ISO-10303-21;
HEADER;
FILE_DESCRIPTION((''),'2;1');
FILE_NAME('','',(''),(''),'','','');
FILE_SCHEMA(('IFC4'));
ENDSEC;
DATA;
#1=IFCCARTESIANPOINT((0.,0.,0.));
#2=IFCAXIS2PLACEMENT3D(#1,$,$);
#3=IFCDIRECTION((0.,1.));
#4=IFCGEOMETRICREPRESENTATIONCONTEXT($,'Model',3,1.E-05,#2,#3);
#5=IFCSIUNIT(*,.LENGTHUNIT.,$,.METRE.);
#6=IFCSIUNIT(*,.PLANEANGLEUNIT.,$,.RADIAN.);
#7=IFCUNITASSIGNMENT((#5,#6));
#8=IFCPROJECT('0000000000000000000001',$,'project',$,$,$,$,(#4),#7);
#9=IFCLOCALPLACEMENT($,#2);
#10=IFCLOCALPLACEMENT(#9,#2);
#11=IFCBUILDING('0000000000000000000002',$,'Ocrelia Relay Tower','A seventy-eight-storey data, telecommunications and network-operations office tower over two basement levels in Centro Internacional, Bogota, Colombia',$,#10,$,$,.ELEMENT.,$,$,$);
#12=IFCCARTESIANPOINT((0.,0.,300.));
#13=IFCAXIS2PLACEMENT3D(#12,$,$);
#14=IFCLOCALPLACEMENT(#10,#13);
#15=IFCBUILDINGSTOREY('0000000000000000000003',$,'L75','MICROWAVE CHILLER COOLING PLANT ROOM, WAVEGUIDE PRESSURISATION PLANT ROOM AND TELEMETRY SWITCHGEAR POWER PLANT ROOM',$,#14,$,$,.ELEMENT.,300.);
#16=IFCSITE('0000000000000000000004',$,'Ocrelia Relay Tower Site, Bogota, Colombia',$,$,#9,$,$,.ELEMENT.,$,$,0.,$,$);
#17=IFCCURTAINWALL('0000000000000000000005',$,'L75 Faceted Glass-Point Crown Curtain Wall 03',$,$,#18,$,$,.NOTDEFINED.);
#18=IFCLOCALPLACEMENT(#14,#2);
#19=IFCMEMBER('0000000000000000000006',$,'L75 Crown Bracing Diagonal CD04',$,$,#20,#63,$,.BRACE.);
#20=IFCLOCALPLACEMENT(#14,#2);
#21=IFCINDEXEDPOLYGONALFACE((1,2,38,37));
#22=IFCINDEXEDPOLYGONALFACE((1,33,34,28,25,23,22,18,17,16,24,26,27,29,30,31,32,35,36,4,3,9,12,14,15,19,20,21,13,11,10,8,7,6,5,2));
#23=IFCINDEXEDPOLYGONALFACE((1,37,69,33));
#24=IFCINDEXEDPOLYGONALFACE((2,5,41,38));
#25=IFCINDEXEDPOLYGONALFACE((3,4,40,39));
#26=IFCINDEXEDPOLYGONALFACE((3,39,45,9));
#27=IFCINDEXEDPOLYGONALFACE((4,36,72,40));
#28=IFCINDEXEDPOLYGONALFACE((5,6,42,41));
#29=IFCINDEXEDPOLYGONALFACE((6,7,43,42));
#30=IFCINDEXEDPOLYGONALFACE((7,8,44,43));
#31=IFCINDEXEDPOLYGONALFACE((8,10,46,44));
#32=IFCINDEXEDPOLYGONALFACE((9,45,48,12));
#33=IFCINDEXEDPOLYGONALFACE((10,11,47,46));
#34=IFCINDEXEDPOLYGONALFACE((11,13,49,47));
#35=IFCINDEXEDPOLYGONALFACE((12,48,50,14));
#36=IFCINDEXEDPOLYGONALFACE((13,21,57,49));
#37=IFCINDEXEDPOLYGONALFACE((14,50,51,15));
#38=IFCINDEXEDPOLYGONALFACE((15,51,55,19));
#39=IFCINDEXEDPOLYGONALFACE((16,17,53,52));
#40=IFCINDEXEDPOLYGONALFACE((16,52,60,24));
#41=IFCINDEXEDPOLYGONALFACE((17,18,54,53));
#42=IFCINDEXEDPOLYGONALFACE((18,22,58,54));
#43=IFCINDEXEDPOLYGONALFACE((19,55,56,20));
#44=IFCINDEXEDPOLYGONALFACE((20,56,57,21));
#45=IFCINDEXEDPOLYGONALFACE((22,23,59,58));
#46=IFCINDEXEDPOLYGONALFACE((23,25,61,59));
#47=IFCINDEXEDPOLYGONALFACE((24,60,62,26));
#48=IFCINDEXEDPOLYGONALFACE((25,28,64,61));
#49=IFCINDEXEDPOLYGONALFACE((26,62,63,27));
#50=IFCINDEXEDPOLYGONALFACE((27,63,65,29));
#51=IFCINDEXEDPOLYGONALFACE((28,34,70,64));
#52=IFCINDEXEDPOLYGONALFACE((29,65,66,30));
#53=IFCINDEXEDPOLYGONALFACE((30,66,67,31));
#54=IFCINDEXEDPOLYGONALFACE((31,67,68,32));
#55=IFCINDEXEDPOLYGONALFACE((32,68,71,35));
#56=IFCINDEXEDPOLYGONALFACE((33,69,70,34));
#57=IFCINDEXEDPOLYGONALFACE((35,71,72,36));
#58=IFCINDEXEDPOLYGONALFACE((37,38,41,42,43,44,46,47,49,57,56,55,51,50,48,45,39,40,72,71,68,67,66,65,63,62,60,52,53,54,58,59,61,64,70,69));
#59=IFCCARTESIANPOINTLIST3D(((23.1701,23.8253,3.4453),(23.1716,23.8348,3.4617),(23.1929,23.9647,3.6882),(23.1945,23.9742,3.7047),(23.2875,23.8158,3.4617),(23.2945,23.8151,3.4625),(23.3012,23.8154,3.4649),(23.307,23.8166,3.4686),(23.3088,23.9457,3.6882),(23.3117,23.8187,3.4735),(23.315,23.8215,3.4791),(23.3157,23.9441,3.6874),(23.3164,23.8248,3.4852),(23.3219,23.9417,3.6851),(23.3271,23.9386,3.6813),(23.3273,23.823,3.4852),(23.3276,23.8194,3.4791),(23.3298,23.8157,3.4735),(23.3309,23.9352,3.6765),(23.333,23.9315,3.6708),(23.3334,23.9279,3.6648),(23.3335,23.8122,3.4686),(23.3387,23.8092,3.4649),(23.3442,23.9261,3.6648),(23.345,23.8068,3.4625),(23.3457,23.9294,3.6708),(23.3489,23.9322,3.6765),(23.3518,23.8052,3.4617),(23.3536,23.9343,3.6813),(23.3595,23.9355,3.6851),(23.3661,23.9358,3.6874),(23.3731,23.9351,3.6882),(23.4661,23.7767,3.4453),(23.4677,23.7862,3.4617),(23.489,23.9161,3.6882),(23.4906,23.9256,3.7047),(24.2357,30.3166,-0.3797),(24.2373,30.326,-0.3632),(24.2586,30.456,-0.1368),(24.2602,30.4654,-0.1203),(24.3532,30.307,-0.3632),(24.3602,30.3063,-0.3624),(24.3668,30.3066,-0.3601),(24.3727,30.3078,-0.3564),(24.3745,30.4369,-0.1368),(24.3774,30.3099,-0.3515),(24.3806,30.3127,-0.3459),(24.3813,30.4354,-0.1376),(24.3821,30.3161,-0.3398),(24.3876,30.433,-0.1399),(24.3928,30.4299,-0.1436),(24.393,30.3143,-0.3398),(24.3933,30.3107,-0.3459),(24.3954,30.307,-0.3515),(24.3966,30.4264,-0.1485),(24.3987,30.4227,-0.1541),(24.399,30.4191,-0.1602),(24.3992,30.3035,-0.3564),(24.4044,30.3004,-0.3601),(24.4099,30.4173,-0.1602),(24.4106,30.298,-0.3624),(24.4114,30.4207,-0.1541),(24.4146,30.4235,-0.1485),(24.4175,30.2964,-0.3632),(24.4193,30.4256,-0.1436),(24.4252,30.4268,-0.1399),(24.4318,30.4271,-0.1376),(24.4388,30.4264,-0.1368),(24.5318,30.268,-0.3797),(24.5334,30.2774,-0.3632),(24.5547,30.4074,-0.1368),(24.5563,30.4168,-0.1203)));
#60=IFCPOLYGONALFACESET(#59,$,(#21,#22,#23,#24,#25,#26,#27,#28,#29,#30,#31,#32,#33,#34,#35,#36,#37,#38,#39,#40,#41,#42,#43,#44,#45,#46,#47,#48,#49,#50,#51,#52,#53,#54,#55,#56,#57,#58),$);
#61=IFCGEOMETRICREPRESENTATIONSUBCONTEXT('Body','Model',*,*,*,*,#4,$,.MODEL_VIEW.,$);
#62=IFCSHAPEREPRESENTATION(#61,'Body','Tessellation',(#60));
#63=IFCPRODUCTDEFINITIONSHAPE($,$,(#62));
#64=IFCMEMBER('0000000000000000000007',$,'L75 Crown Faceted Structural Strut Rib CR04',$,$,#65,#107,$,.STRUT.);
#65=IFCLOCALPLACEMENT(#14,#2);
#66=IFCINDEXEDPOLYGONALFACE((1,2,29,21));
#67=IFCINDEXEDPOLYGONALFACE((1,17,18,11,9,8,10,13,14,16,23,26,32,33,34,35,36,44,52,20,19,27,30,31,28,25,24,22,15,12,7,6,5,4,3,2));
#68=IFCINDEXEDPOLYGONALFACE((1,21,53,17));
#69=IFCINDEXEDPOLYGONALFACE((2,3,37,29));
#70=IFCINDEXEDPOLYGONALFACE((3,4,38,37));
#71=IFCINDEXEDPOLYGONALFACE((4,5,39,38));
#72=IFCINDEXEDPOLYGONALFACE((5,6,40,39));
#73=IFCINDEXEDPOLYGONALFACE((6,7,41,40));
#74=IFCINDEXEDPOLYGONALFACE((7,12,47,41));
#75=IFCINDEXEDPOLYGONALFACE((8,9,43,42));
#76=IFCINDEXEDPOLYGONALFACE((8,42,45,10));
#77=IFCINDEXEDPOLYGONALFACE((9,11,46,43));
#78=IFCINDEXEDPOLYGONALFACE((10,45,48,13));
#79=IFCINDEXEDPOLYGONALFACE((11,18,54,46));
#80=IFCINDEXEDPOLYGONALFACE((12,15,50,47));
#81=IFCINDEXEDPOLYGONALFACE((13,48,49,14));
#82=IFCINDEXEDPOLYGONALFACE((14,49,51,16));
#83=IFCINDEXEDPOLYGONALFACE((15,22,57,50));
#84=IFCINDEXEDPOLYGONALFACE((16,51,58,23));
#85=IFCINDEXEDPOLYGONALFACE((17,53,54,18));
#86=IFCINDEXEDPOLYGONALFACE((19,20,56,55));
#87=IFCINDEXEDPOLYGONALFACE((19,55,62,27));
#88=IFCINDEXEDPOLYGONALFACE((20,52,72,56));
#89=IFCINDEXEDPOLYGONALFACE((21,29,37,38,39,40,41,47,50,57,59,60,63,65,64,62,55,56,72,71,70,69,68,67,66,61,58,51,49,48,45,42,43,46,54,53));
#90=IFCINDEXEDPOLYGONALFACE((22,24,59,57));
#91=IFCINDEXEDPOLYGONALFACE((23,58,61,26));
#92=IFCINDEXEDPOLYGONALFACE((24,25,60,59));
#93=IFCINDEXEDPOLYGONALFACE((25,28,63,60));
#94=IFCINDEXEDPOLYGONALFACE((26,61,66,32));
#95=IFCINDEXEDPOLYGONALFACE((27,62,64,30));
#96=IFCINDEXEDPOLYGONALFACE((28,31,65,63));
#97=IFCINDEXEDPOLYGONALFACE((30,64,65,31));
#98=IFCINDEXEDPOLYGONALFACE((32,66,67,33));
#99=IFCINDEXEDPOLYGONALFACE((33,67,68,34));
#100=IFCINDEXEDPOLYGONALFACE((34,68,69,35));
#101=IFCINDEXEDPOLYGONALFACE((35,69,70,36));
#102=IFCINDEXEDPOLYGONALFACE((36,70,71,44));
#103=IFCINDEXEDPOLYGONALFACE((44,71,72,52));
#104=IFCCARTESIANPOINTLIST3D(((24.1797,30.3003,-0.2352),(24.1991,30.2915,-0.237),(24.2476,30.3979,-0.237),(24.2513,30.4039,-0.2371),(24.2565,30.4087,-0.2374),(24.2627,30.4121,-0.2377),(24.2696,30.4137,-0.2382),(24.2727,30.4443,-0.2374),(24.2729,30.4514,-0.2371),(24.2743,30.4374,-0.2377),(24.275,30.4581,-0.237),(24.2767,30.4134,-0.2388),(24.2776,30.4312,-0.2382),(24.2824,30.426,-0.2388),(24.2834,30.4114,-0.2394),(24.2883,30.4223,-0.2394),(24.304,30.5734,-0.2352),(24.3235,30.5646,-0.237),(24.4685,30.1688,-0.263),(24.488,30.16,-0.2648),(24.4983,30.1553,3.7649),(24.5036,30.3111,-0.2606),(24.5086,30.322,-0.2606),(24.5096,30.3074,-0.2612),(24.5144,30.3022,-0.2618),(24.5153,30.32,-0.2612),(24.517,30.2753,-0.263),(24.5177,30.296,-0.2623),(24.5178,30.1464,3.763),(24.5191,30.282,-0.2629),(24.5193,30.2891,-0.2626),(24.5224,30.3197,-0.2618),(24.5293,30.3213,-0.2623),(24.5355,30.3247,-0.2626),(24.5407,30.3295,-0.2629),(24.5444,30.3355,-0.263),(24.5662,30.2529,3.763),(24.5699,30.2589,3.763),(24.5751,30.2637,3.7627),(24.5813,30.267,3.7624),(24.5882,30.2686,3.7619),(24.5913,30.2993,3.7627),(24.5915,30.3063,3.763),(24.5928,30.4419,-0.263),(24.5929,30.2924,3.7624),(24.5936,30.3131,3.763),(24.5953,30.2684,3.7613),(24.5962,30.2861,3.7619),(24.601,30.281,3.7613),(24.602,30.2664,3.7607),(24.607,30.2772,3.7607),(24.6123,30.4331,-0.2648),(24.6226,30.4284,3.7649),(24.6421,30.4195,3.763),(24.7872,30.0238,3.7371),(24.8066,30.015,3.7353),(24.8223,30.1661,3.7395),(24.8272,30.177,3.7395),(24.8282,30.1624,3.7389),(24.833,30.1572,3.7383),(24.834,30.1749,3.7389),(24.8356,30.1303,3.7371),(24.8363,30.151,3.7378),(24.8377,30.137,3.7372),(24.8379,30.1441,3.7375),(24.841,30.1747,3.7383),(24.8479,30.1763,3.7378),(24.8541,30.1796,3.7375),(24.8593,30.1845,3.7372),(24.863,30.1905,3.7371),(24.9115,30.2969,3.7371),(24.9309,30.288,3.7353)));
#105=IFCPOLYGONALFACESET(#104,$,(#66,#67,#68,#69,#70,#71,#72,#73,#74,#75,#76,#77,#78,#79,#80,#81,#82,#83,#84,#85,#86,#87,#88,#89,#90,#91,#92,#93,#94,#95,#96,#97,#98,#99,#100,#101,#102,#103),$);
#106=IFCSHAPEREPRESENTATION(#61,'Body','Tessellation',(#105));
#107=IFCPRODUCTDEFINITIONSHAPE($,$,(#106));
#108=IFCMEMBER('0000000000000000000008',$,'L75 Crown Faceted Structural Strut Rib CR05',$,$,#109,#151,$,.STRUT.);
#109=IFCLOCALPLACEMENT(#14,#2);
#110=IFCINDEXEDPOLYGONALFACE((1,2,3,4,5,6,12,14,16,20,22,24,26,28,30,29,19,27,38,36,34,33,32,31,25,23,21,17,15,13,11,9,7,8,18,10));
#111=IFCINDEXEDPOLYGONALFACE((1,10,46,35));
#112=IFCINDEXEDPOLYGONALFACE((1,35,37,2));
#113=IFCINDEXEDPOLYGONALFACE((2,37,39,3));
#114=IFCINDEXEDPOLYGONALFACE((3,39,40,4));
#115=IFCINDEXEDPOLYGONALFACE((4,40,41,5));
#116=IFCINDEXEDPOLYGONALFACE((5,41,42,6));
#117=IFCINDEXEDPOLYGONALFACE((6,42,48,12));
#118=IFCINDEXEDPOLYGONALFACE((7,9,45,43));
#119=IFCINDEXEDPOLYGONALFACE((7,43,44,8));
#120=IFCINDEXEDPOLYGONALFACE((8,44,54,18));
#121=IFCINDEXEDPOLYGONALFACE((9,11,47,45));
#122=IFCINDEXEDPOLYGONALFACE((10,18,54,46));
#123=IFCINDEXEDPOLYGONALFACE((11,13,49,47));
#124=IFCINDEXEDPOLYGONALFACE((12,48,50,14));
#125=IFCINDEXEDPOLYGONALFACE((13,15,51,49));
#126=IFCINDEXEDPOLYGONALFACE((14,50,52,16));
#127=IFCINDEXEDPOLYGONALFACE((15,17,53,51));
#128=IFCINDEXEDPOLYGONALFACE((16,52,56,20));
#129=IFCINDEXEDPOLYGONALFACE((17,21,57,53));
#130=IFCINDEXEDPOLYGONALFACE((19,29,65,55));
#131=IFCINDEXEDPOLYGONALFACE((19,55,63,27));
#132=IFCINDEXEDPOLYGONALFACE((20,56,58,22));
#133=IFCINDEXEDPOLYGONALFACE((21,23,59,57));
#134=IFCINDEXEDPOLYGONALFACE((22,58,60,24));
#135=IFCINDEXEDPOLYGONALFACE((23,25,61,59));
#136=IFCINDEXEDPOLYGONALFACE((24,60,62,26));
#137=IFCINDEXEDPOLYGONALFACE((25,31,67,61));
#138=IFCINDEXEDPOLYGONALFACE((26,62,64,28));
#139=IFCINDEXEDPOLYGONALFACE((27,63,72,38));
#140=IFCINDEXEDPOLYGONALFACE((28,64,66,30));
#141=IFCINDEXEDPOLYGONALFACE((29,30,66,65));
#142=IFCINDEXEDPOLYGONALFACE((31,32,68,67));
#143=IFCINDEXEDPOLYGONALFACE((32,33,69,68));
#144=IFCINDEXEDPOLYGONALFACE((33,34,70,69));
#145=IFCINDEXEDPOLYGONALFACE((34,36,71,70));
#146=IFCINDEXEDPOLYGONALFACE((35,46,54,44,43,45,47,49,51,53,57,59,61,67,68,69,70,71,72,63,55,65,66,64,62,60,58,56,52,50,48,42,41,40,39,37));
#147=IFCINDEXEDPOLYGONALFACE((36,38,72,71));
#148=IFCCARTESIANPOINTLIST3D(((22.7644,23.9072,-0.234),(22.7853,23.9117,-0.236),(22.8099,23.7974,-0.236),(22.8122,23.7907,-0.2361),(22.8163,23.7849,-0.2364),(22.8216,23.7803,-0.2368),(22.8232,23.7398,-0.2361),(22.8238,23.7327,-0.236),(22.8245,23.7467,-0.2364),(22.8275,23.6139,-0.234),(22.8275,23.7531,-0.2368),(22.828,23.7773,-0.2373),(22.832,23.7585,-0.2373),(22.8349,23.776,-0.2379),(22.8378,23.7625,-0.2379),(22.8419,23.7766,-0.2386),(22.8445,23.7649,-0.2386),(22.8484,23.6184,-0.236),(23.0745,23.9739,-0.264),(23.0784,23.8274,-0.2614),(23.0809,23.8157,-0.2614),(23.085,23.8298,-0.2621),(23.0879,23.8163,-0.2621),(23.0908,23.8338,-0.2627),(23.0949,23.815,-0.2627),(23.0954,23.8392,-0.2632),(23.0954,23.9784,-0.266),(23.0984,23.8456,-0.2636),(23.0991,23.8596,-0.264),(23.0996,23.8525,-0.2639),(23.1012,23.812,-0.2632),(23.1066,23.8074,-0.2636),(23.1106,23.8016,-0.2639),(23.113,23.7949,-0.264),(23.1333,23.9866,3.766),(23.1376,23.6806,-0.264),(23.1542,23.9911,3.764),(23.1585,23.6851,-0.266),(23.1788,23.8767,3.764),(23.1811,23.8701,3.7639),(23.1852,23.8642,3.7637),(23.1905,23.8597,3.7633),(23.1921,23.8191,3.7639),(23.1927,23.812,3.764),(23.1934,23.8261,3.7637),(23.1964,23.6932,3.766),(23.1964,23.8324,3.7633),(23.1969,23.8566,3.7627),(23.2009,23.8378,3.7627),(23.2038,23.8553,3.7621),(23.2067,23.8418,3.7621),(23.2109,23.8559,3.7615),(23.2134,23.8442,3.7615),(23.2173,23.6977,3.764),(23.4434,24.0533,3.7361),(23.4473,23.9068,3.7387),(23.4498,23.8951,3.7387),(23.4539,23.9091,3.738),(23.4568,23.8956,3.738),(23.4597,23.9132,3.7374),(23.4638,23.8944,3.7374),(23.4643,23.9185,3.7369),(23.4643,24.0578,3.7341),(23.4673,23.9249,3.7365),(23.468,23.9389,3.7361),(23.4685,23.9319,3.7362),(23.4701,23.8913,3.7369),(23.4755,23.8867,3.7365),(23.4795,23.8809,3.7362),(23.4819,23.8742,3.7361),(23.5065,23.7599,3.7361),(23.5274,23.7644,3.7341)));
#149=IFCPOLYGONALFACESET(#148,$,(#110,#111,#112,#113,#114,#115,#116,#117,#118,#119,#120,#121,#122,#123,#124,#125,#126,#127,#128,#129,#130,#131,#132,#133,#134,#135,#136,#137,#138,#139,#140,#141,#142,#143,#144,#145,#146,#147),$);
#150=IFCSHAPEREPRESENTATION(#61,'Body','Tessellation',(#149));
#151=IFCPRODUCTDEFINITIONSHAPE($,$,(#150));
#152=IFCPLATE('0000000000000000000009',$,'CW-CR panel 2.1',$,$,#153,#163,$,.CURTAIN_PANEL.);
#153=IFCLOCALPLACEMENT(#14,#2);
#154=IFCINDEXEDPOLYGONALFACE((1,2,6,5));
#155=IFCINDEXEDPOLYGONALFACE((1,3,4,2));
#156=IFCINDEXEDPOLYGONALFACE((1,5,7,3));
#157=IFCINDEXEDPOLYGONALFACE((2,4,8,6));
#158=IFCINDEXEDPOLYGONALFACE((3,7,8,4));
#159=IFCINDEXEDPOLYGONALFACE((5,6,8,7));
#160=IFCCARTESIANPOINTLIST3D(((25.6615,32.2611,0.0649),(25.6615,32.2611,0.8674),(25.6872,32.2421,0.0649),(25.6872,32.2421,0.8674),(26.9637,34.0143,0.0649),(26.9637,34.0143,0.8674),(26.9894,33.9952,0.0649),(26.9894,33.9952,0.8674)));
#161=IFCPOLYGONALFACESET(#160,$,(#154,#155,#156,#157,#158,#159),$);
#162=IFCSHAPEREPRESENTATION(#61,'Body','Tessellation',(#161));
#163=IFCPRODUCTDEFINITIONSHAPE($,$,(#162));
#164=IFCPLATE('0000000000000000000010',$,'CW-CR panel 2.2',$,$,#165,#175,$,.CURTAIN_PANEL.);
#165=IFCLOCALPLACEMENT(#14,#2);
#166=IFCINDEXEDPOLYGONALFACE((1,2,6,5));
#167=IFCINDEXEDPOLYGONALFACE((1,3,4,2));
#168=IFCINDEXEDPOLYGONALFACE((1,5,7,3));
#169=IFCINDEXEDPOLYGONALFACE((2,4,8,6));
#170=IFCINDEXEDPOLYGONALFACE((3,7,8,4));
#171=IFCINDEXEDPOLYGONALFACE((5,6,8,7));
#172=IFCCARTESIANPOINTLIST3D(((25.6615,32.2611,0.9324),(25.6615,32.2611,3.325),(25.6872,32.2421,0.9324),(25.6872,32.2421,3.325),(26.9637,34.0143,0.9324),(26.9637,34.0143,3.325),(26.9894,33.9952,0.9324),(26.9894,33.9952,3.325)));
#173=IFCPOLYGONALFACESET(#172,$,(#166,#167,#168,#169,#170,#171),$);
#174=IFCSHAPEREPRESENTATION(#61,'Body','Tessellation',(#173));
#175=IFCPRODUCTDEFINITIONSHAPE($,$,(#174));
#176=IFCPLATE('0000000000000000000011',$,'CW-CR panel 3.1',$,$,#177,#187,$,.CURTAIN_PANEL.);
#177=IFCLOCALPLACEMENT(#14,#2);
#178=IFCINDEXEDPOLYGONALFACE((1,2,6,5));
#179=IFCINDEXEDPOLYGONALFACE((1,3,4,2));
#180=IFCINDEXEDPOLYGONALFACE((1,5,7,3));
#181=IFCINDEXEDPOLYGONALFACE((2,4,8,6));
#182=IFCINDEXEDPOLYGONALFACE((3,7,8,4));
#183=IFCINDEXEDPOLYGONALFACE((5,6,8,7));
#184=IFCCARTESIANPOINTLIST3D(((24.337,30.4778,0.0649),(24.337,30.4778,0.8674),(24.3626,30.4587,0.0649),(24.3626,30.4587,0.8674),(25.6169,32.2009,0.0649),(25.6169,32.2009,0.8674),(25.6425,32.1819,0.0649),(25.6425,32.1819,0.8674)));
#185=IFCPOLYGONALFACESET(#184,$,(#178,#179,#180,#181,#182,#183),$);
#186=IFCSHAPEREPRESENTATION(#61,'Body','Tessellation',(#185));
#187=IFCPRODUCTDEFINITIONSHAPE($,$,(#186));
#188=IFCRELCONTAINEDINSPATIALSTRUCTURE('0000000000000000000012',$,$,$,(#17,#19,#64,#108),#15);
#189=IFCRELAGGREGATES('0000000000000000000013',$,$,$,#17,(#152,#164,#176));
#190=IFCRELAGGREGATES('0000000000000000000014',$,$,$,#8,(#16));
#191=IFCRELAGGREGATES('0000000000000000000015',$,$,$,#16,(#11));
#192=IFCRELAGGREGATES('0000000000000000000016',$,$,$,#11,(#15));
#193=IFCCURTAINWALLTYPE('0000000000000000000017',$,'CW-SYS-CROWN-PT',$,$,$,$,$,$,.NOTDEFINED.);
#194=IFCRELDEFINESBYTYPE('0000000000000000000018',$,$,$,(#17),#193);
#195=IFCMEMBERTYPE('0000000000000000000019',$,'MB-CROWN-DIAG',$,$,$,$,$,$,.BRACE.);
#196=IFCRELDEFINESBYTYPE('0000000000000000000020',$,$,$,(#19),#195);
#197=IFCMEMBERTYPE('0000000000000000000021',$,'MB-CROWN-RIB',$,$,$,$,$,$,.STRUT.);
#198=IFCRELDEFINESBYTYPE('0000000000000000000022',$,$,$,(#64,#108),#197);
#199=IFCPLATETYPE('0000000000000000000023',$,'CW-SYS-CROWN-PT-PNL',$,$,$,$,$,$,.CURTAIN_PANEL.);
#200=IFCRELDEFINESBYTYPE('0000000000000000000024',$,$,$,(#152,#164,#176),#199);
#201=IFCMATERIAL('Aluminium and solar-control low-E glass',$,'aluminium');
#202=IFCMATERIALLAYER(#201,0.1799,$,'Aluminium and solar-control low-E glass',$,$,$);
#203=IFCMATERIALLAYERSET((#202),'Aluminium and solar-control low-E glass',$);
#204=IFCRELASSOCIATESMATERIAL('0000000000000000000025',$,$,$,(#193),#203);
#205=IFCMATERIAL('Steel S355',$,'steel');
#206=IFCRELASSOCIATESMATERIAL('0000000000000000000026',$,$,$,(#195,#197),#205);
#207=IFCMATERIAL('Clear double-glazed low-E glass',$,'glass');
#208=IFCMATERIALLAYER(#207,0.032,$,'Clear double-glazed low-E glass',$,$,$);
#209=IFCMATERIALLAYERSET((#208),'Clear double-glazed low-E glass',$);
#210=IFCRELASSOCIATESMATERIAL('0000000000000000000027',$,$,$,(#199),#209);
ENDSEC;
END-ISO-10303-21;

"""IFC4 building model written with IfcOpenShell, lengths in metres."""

from ifc_helpers import new_model, si_unit, direction, frame, origin, origin_2d, place, context, subcontext, project, spatial, rectangle, i_section, extrude, material, layer, layer_set, material_profile, profile_set, type_object, element, aggregate, save


model = new_model("IFC4")

# Units and contexts
model_context = context("Model", 3, precision=1e-05, world=origin(), true_north=direction((0.0, 1.0)))
body_context = subcontext(model_context, "Body", "Model", "MODEL_VIEW")
ifc_project = project(units=[si_unit("LENGTHUNIT", "METRE"), si_unit("PLANEANGLEUNIT", "RADIAN")], contexts=[model_context])

# Site, building, storey
site_placement = place(None, origin())
site = spatial("IfcSite", under=ifc_project, at=site_placement, Name="Ocrelia Relay Tower Site, Bogota, Colombia", CompositionType="ELEMENT", RefElevation=0.0)
building_placement = place(site_placement, origin())
building = spatial("IfcBuilding", under=site, at=building_placement, Name="Ocrelia Relay Tower", Description="A seventy-eight-storey data, telecommunications and network-operations office tower over two basement levels in Centro Internacional, Bogota, Colombia", CompositionType="ELEMENT")
storey_placement = place(building_placement, frame((0.0, 0.0, 300.0)))
storey = spatial("IfcBuildingStorey", under=building, at=storey_placement, Name="L75", Description="MICROWAVE CHILLER COOLING PLANT ROOM, WAVEGUIDE PRESSURISATION PLANT ROOM AND TELEMETRY SWITCHGEAR POWER PLANT ROOM", CompositionType="ELEMENT", Elevation=300.0)

# Shared definitions
ifc_material_1 = material(Name="Steel S355", Category="steel")

# Curtain wall
ifc_material_2 = material(Name="Aluminium and solar-control low-E glass", Category="aluminium")
ifc_layer_1 = layer(ifc_material_2, 0.1799, Name="Aluminium and solar-control low-E glass")
ifc_layer_set_1 = layer_set([ifc_layer_1], Name="Aluminium and solar-control low-E glass")
curtain_wall_type = type_object("IfcCurtainWallType", Name="CW-SYS-CROWN-PT", PredefinedType="NOTDEFINED", material=ifc_layer_set_1)
curtain_wall_placement = place(storey_placement, origin())
curtain_wall = element("IfcCurtainWall", 1, at=curtain_wall_placement, inside=storey, type_object=curtain_wall_type, Name="L75 Faceted Glass-Point Crown Curtain Wall 03", PredefinedType="NOTDEFINED")

# Members
ifc_material_profile_1 = material_profile(ifc_material_1, i_section(OverallWidth=0.3, OverallDepth=0.3, WebThickness=0.011, FlangeThickness=0.019, FilletRadius=0.0271, at=origin_2d()), Name="HEB 300")
ifc_profile_set_1 = profile_set([ifc_material_profile_1], Name="Steel S355")
member_type_1 = type_object("IfcMemberType", Name="MB-CROWN-DIAG", PredefinedType="BRACE", material=ifc_profile_set_1)
member_1_placement = place(storey_placement, frame((24.396, 30.3667, -0.25), z_axis=(-0.140049, -0.853061, 0.502667), x_axis=(0.98679, -0.162003, 0.0)))
element("IfcMember", 2, at=member_1_placement, inside=storey, type_object=member_type_1, Name="L75 Crown Bracing Diagonal CD04", PredefinedType="BRACE", context=body_context, shape_type="SweptSolid", body=[
    extrude(i_section(OverallWidth=0.3, OverallDepth=0.3, WebThickness=0.011, FlangeThickness=0.019, FilletRadius=0.0271, at=origin_2d()), origin(), (0.0, 0.0, 1.0), 7.6094),
])
ifc_material_profile_2 = material_profile(ifc_material_1, i_section(OverallWidth=0.3, OverallDepth=0.3401, WebThickness=0.012, FlangeThickness=0.0215, FilletRadius=0.0271, at=origin_2d()), Name="HEB 340")
ifc_profile_set_2 = profile_set([ifc_material_profile_2], Name="Steel S355")
member_type_2 = type_object("IfcMemberType", Name="MB-CROWN-RIB", PredefinedType="STRUT", material=ifc_profile_set_2)
member_2_placement = place(storey_placement, frame((24.396, 30.3667, -0.25), z_axis=(0.079348, -0.036117, 0.996193), x_axis=(0.414276, 0.910151, 0.0)))
element("IfcMember", 3, at=member_2_placement, inside=storey, type_object=member_type_2, Name="L75 Crown Faceted Structural Strut Rib CR04", PredefinedType="STRUT", context=body_context, shape_type="SweptSolid", body=[
    extrude(i_section(OverallWidth=0.3, OverallDepth=0.3401, WebThickness=0.012, FlangeThickness=0.0215, FilletRadius=0.0271, at=origin_2d()), origin(), (0.0, 0.0, 1.0), 4.0154),
])
member_3_placement = place(storey_placement, frame((22.9614, 23.7961, -0.25), z_axis=(0.091816, 0.019749, 0.99558), x_axis=(-0.21028, 0.977641, 0.0)))
element("IfcMember", 4, at=member_3_placement, inside=storey, type_object=member_type_2, Name="L75 Crown Faceted Structural Strut Rib CR05", PredefinedType="STRUT", context=body_context, shape_type="SweptSolid", body=[
    extrude(i_section(OverallWidth=0.3, OverallDepth=0.3401, WebThickness=0.012, FlangeThickness=0.0215, FilletRadius=0.0271, at=origin_2d()), origin(), (0.0, 0.0, 1.0), 4.0178),
])

# Plates
ifc_material_3 = material(Name="Clear double-glazed low-E glass", Category="glass")
ifc_layer_2 = layer(ifc_material_3, 0.032, Name="Clear double-glazed low-E glass")
ifc_layer_set_2 = layer_set([ifc_layer_2], Name="Clear double-glazed low-E glass")
plate_type = type_object("IfcPlateType", Name="CW-SYS-CROWN-PT-PNL", PredefinedType="CURTAIN_PANEL", material=ifc_layer_set_2)
plate_1_placement = place(storey_placement, frame((26.3254, 33.1282, 0.0649), z_axis=(0.0, 0.0, 1.0), x_axis=(-0.59628, -0.802777, 0.0)))
plate_1 = element("IfcPlate", 5, at=plate_1_placement, type_object=plate_type, Name="CW-CR panel 2.1", PredefinedType="CURTAIN_PANEL", context=body_context, shape_type="SweptSolid", body=[
    extrude(rectangle(XDim=2.1838, YDim=0.032, at=origin_2d()), origin(), (0.0, 0.0, 1.0), 0.8025),
])
plate_2_placement = place(storey_placement, frame((26.3254, 33.1282, 0.9324), z_axis=(0.0, 0.0, 1.0), x_axis=(-0.59628, -0.802777, 0.0)))
plate_2 = element("IfcPlate", 6, at=plate_2_placement, type_object=plate_type, Name="CW-CR panel 2.2", PredefinedType="CURTAIN_PANEL", context=body_context, shape_type="SweptSolid", body=[
    extrude(rectangle(XDim=2.1838, YDim=0.032, at=origin_2d()), origin(), (0.0, 0.0, 1.0), 2.3926),
])
plate_3_placement = place(storey_placement, frame((24.9897, 31.3298, 0.0649), z_axis=(0.0, 0.0, 1.0), x_axis=(-0.59628, -0.802777, 0.0)))
plate_3 = element("IfcPlate", 7, at=plate_3_placement, type_object=plate_type, Name="CW-CR panel 3.1", PredefinedType="CURTAIN_PANEL", context=body_context, shape_type="SweptSolid", body=[
    extrude(rectangle(XDim=2.1465, YDim=0.032, at=origin_2d()), origin(), (0.0, 0.0, 1.0), 0.8025),
])
aggregate(curtain_wall, [plate_1, plate_2, plate_3])

save(model, "model.ifc")
